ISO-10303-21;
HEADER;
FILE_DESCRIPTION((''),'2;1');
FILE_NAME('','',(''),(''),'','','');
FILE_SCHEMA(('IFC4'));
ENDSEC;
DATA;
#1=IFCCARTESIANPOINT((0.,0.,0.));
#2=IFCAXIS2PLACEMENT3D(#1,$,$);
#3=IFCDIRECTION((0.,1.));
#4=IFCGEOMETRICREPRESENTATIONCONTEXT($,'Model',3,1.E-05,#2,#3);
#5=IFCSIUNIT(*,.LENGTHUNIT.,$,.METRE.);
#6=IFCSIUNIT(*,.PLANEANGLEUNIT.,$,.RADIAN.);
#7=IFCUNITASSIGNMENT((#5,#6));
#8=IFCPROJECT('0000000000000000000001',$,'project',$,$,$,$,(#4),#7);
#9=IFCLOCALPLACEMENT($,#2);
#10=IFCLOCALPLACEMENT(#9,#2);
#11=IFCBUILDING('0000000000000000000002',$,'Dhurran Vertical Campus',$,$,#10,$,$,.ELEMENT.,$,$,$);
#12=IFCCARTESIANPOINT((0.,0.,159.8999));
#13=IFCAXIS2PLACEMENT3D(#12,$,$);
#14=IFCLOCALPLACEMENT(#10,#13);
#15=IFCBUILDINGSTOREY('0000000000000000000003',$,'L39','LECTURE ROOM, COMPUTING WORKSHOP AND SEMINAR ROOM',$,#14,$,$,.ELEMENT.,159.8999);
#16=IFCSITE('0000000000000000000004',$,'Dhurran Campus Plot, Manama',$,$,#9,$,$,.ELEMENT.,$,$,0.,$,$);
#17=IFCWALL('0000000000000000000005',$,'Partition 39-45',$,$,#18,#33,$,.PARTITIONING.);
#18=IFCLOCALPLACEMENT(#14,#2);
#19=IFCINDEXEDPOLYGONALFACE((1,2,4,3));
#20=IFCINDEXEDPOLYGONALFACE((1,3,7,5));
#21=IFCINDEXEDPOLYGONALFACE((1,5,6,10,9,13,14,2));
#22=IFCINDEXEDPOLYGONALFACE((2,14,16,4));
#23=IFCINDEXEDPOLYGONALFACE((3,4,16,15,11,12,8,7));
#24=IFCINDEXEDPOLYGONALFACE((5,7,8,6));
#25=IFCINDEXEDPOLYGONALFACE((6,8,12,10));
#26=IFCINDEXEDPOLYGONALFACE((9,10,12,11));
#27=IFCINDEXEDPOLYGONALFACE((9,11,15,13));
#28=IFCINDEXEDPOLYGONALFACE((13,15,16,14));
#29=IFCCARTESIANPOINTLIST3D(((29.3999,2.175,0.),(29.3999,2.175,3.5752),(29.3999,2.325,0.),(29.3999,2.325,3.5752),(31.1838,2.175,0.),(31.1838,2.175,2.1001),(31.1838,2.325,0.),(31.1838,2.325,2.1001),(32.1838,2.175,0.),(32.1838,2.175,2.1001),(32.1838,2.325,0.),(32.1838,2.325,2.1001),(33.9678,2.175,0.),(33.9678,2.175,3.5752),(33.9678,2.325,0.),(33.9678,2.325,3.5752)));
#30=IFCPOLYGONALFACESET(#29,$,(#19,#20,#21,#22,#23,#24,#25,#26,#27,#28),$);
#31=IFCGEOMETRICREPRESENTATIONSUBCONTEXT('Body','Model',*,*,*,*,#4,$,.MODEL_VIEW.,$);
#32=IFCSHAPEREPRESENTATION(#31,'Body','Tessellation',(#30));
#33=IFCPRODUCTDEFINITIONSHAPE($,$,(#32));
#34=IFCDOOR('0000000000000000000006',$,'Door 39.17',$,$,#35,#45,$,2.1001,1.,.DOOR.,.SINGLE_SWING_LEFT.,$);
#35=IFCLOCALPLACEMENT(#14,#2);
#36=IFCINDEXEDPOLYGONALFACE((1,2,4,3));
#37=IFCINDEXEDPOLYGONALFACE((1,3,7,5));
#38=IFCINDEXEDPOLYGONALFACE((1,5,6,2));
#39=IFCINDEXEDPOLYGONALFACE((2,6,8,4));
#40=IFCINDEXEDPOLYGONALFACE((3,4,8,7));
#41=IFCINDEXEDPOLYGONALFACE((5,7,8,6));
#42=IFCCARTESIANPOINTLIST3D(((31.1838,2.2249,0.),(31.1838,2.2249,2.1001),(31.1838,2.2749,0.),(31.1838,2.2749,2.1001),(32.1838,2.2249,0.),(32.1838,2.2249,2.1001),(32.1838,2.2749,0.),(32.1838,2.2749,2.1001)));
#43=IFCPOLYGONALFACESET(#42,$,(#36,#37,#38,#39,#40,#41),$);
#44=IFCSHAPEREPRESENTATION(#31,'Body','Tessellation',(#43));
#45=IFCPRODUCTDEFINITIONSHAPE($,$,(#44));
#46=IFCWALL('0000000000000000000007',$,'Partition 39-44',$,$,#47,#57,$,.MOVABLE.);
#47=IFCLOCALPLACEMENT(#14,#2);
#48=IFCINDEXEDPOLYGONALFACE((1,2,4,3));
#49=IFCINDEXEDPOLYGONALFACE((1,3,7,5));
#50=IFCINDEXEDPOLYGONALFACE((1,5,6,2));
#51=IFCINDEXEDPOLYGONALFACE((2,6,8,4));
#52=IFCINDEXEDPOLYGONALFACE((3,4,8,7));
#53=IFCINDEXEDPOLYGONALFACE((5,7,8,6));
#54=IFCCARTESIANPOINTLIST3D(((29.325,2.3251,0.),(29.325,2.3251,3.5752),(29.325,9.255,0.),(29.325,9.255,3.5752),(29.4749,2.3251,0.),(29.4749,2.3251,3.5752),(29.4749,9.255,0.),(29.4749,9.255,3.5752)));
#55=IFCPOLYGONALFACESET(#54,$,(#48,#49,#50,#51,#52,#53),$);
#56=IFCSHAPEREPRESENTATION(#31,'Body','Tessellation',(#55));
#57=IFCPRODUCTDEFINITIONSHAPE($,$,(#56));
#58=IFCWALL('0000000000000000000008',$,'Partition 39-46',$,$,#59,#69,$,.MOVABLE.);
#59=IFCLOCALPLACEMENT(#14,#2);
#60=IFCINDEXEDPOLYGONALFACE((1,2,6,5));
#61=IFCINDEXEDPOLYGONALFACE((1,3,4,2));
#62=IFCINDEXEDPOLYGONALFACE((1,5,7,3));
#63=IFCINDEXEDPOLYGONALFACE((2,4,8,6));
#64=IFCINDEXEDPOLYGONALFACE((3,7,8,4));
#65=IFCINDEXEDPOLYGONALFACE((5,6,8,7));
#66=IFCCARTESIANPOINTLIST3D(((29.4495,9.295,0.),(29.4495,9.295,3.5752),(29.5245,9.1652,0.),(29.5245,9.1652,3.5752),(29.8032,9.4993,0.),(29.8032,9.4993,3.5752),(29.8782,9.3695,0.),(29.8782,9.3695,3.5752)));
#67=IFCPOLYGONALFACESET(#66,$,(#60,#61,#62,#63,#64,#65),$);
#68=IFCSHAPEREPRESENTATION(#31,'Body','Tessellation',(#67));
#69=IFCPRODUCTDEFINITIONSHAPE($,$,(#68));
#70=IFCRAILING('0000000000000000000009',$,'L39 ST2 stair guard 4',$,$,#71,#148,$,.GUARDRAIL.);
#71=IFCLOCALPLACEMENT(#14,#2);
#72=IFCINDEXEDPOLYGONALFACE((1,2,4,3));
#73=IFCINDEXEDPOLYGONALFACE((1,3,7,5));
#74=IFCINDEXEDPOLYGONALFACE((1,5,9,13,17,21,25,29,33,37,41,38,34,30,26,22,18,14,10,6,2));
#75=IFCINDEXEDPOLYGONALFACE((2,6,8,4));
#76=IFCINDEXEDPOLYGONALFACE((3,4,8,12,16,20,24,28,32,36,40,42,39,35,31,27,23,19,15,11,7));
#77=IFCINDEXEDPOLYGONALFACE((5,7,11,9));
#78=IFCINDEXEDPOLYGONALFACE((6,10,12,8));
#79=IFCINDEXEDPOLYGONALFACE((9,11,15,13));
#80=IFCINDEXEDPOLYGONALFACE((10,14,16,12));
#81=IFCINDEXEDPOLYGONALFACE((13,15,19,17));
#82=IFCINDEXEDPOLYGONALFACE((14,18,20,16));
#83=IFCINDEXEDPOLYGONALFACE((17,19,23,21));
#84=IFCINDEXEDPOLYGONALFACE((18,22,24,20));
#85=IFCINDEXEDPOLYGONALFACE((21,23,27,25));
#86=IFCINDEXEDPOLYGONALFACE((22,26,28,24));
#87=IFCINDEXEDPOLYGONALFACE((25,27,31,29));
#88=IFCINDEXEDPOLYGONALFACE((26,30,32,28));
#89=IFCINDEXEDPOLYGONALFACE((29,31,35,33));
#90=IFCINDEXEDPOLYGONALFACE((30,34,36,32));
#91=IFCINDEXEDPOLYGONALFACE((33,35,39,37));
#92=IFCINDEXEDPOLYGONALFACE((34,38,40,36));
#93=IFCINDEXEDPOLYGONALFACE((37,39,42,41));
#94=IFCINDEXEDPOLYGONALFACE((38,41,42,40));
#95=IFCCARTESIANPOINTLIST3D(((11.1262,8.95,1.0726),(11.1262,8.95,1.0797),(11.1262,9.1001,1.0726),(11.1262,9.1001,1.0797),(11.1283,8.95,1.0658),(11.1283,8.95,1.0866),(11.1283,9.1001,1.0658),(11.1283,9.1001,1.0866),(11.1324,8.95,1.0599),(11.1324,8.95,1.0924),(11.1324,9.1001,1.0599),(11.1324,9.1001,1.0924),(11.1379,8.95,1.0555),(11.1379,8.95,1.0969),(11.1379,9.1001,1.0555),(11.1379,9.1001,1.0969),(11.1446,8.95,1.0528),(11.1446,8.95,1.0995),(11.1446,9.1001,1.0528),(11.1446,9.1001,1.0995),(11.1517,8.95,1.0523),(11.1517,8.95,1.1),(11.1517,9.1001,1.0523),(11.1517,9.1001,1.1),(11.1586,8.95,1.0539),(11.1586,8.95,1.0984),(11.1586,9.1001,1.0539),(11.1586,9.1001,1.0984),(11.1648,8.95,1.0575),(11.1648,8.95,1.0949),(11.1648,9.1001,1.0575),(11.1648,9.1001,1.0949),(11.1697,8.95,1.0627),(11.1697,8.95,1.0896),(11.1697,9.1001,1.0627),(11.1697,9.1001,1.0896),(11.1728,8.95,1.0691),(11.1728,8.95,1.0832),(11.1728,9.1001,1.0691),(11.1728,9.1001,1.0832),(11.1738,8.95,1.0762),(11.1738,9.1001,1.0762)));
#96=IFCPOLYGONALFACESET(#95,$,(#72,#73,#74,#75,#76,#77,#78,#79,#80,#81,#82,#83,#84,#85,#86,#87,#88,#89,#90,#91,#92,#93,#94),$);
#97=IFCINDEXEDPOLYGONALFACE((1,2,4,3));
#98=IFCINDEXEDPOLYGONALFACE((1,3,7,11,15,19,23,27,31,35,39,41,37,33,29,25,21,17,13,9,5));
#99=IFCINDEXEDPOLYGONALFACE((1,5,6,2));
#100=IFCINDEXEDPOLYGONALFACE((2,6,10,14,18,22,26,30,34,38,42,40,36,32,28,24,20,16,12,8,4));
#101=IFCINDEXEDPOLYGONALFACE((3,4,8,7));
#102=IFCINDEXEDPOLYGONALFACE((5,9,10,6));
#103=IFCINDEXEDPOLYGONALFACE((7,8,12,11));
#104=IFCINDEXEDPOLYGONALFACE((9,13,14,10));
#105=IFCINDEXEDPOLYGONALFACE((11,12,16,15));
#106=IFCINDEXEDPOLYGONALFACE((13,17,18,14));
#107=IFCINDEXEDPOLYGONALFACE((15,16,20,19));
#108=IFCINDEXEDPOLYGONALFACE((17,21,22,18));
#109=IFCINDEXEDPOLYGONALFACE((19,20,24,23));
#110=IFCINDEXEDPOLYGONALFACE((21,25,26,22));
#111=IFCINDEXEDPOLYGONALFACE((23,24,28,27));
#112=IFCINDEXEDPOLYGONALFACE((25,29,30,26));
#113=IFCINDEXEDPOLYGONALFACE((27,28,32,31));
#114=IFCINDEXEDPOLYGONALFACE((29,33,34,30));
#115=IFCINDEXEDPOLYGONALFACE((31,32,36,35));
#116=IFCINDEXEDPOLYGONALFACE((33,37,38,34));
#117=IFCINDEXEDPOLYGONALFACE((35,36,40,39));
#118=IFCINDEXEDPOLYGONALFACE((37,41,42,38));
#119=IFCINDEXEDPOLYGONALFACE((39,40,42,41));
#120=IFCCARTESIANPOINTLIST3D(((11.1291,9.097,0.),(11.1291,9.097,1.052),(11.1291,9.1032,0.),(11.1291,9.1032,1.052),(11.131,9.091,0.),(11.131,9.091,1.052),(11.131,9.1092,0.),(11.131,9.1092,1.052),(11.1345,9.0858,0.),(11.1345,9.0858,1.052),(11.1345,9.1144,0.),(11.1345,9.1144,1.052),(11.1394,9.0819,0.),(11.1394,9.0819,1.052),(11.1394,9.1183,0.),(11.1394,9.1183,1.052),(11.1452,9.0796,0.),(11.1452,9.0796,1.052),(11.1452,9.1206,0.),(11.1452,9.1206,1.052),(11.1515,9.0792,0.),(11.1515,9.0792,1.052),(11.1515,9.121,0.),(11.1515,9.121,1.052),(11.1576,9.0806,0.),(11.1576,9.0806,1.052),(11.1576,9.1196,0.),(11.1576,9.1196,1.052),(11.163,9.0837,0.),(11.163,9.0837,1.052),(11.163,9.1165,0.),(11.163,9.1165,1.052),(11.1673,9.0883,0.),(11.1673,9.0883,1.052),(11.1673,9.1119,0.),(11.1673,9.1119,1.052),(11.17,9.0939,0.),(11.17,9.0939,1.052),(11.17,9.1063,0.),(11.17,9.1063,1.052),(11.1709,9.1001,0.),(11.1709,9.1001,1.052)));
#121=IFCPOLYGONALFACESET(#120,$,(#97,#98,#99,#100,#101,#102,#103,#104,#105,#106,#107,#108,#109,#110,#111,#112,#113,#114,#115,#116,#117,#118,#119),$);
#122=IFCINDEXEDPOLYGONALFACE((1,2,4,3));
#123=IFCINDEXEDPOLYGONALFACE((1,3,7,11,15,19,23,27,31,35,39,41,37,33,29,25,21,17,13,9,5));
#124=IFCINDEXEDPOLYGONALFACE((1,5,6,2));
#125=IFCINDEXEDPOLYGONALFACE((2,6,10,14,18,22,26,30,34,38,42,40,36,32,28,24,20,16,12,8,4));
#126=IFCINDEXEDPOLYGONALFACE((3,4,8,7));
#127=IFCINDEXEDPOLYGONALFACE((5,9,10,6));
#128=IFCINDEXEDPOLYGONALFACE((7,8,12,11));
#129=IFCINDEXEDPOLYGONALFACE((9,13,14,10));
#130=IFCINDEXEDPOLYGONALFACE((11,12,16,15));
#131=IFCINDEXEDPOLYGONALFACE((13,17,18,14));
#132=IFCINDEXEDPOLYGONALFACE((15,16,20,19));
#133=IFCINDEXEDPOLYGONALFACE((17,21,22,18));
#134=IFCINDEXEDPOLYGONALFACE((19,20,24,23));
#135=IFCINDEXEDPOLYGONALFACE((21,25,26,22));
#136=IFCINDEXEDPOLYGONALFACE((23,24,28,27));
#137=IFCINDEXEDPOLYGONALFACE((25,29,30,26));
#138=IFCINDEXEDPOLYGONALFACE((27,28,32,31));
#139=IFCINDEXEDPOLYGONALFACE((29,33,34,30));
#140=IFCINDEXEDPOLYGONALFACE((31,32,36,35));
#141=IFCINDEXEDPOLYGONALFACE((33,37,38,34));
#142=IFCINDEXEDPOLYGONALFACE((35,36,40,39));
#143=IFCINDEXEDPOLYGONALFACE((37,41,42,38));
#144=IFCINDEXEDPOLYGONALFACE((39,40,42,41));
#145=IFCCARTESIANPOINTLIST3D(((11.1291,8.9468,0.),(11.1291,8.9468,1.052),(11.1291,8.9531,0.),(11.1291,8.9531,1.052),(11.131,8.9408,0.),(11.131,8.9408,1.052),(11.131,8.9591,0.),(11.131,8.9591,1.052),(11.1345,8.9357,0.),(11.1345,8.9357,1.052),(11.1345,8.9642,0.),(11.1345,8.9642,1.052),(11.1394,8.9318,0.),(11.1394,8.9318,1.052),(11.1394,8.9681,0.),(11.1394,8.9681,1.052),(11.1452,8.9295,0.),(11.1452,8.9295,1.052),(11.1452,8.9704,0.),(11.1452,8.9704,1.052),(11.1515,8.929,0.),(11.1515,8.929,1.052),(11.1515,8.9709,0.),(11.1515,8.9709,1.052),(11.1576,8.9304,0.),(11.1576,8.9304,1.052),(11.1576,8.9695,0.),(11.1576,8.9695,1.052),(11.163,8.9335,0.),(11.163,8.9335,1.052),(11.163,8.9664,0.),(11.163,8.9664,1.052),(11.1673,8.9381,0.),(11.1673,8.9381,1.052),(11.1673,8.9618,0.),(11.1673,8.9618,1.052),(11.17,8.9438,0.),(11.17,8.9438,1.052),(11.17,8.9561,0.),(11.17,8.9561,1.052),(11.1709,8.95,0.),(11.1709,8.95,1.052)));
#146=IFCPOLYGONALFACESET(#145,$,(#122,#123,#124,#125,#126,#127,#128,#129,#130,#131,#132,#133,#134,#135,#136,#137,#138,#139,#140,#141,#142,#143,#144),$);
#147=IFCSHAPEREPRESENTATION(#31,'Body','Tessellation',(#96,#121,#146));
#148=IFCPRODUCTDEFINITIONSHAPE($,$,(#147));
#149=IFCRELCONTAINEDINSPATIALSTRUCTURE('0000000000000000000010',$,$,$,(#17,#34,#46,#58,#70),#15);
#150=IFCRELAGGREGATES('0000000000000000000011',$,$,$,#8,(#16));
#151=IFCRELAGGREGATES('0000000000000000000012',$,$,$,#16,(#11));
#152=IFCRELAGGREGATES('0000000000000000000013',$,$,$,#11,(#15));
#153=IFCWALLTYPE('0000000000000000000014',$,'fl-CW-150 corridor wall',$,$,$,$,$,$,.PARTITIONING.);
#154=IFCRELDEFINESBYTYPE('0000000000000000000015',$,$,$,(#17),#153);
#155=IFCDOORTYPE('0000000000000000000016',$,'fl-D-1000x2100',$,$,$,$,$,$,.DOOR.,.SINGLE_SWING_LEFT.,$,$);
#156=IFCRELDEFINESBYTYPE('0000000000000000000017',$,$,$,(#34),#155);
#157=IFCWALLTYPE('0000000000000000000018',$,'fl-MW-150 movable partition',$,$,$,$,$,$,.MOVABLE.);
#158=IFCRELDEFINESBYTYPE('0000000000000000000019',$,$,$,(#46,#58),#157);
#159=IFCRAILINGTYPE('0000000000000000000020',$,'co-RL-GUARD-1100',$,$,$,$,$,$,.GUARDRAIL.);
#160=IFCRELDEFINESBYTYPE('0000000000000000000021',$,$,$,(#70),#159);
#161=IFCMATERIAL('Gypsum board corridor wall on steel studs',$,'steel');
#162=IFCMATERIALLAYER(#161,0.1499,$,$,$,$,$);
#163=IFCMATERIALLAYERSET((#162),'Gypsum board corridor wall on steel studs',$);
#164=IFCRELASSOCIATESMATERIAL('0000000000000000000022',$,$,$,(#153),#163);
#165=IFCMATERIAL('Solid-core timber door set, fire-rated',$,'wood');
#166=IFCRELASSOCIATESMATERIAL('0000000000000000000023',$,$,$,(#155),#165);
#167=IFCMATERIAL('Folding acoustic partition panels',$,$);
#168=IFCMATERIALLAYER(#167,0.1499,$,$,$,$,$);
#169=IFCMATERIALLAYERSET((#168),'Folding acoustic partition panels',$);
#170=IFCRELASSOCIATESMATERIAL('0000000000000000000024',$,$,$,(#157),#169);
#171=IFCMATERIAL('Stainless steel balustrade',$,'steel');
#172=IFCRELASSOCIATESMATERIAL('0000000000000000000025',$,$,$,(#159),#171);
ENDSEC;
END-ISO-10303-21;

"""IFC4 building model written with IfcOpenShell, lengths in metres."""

from ifc_helpers import new_model, si_unit, direction, frame, frame_2d, origin, origin_2d, place, context, subcontext, project, spatial, rectangle, circle, extrude, material, layer, layer_set, type_object, element, fill, save


model = new_model("IFC4")

# Units and contexts
model_context = context("Model", 3, precision=1e-05, world=origin(), true_north=direction((0.0, 1.0)))
body_context = subcontext(model_context, "Body", "Model", "MODEL_VIEW")
ifc_project = project(units=[si_unit("LENGTHUNIT", "METRE"), si_unit("PLANEANGLEUNIT", "RADIAN")], contexts=[model_context])

# Site, building, storey
site_placement = place(None, origin())
site = spatial("IfcSite", under=ifc_project, at=site_placement, Name="Dhurran Campus Plot, Manama", CompositionType="ELEMENT", RefElevation=0.0)
building_placement = place(site_placement, origin())
building = spatial("IfcBuilding", under=site, at=building_placement, Name="Dhurran Vertical Campus", CompositionType="ELEMENT")
storey_placement = place(building_placement, frame((0.0, 0.0, 159.8999)))
storey = spatial("IfcBuildingStorey", under=building, at=storey_placement, Name="L39", Description="LECTURE ROOM, COMPUTING WORKSHOP AND SEMINAR ROOM", CompositionType="ELEMENT", Elevation=159.8999)

# Shared definitions
ifc_material_1 = material(Name="Gypsum board corridor wall on steel studs", Category="steel")
ifc_layer_1 = layer(ifc_material_1, 0.1499)
ifc_layer_set_1 = layer_set([ifc_layer_1], Name="Gypsum board corridor wall on steel studs")
wall_type_1 = type_object("IfcWallType", Name="fl-CW-150 corridor wall", PredefinedType="PARTITIONING", material=ifc_layer_set_1)
ifc_material_2 = material(Name="Solid-core timber door set, fire-rated", Category="wood")
door_type_1 = type_object("IfcDoorType", Name="fl-D-1000x2100", OperationType="SINGLE_SWING_LEFT", PredefinedType="DOOR", material=ifc_material_2)

# Wall, opening, door
wall_1_placement = place(storey_placement, frame((29.3999, 2.25, 0.0), z_axis=(0.0, 0.0, 1.0), x_axis=(1.0, 0.0, 0.0)))
wall_1 = element("IfcWall", 1, at=wall_1_placement, inside=storey, type_object=wall_type_1, Name="Partition 39-45", PredefinedType="PARTITIONING", context=body_context, shape_type="SweptSolid", body=[
    extrude(rectangle(XDim=4.5679, YDim=0.1499, at=frame_2d((2.2839, 0.0))), origin(), (0.0, 0.0, 1.0), 3.5752),
])
opening_1_placement = place(wall_1_placement, frame((1.7839, 0.0, 0.0)))
opening_1 = element("IfcOpeningElement", 2, at=opening_1_placement, cuts=wall_1, PredefinedType="OPENING", context=body_context, shape_type="SweptSolid", body=[
    extrude(rectangle(XDim=1.0, YDim=2.1001, at=frame_2d((0.5, 1.05))), frame((0.0, 0.085, 0.0), z_axis=(0.0, -1.0, 0.0), x_axis=(1.0, 0.0, 0.0)), (0.0, 0.0, 1.0), 0.1699),
])
door_1_placement = place(opening_1_placement, origin())
door_1 = element("IfcDoor", 3, at=door_1_placement, inside=storey, type_object=door_type_1, Name="Door 39.17", OperationType="SINGLE_SWING_LEFT", OverallHeight=2.1001, OverallWidth=1.0, PredefinedType="DOOR", context=body_context, shape_type="SweptSolid", body=[
    extrude(rectangle(XDim=1.0, YDim=2.1001, at=frame_2d((0.5, 1.05))), frame((0.0, 0.0249, 0.0), z_axis=(0.0, -1.0, 0.0), x_axis=(1.0, 0.0, 0.0)), (0.0, 0.0, 1.0), 0.05),
])
fill(opening_1, door_1)

# Walls
ifc_material_3 = material(Name="Folding acoustic partition panels")
ifc_layer_2 = layer(ifc_material_3, 0.1499)
ifc_layer_set_2 = layer_set([ifc_layer_2], Name="Folding acoustic partition panels")
wall_type_2 = type_object("IfcWallType", Name="fl-MW-150 movable partition", PredefinedType="MOVABLE", material=ifc_layer_set_2)
wall_2_placement = place(storey_placement, frame((29.3999, 9.2549, 0.0), z_axis=(0.0, 0.0, 1.0), x_axis=(0.0, -1.0, 0.0)))
element("IfcWall", 4, at=wall_2_placement, inside=storey, type_object=wall_type_2, Name="Partition 39-44", PredefinedType="MOVABLE", context=body_context, shape_type="SweptSolid", body=[
    extrude(rectangle(XDim=6.9299, YDim=0.1499, at=frame_2d((3.4648, 0.0))), origin(), (0.0, 0.0, 1.0), 3.5752),
])
wall_3_placement = place(storey_placement, frame((29.8406, 9.4343, 0.0), z_axis=(0.0, 0.0, 1.0), x_axis=(-0.865917, -0.500188, 0.0)))
element("IfcWall", 5, at=wall_3_placement, inside=storey, type_object=wall_type_2, Name="Partition 39-46", PredefinedType="MOVABLE", context=body_context, shape_type="SweptSolid", body=[
    extrude(rectangle(XDim=0.4084, YDim=0.1499, at=frame_2d((0.2041, 0.0))), origin(), (0.0, 0.0, 1.0), 3.5752),
])

# Railing
ifc_material_4 = material(Name="Stainless steel balustrade", Category="steel")
railing_type = type_object("IfcRailingType", Name="co-RL-GUARD-1100", PredefinedType="GUARDRAIL", material=ifc_material_4)
railing_placement = place(storey_placement, frame((11.1499, 9.1001, 0.0)))
element("IfcRailing", 6, at=railing_placement, inside=storey, type_object=railing_type, Name="L39 ST2 stair guard 4", PredefinedType="GUARDRAIL", context=body_context, shape_type="SweptSolid", body=[
    extrude(circle(Radius=0.0239, at=origin_2d()), frame((0.0, 0.0, 1.0762), z_axis=(0.0, -1.0, 0.0), x_axis=(1.0, 0.0, 0.0)), (0.0, 0.0, 1.0), 0.1501),
    extrude(circle(Radius=0.021, at=origin_2d()), origin(), (0.0, 0.0, 1.0), 1.052),
    extrude(circle(Radius=0.021, at=origin_2d()), frame((0.0, -0.1501, 0.0)), (0.0, 0.0, 1.0), 1.052),
])

save(model, "model.ifc")
